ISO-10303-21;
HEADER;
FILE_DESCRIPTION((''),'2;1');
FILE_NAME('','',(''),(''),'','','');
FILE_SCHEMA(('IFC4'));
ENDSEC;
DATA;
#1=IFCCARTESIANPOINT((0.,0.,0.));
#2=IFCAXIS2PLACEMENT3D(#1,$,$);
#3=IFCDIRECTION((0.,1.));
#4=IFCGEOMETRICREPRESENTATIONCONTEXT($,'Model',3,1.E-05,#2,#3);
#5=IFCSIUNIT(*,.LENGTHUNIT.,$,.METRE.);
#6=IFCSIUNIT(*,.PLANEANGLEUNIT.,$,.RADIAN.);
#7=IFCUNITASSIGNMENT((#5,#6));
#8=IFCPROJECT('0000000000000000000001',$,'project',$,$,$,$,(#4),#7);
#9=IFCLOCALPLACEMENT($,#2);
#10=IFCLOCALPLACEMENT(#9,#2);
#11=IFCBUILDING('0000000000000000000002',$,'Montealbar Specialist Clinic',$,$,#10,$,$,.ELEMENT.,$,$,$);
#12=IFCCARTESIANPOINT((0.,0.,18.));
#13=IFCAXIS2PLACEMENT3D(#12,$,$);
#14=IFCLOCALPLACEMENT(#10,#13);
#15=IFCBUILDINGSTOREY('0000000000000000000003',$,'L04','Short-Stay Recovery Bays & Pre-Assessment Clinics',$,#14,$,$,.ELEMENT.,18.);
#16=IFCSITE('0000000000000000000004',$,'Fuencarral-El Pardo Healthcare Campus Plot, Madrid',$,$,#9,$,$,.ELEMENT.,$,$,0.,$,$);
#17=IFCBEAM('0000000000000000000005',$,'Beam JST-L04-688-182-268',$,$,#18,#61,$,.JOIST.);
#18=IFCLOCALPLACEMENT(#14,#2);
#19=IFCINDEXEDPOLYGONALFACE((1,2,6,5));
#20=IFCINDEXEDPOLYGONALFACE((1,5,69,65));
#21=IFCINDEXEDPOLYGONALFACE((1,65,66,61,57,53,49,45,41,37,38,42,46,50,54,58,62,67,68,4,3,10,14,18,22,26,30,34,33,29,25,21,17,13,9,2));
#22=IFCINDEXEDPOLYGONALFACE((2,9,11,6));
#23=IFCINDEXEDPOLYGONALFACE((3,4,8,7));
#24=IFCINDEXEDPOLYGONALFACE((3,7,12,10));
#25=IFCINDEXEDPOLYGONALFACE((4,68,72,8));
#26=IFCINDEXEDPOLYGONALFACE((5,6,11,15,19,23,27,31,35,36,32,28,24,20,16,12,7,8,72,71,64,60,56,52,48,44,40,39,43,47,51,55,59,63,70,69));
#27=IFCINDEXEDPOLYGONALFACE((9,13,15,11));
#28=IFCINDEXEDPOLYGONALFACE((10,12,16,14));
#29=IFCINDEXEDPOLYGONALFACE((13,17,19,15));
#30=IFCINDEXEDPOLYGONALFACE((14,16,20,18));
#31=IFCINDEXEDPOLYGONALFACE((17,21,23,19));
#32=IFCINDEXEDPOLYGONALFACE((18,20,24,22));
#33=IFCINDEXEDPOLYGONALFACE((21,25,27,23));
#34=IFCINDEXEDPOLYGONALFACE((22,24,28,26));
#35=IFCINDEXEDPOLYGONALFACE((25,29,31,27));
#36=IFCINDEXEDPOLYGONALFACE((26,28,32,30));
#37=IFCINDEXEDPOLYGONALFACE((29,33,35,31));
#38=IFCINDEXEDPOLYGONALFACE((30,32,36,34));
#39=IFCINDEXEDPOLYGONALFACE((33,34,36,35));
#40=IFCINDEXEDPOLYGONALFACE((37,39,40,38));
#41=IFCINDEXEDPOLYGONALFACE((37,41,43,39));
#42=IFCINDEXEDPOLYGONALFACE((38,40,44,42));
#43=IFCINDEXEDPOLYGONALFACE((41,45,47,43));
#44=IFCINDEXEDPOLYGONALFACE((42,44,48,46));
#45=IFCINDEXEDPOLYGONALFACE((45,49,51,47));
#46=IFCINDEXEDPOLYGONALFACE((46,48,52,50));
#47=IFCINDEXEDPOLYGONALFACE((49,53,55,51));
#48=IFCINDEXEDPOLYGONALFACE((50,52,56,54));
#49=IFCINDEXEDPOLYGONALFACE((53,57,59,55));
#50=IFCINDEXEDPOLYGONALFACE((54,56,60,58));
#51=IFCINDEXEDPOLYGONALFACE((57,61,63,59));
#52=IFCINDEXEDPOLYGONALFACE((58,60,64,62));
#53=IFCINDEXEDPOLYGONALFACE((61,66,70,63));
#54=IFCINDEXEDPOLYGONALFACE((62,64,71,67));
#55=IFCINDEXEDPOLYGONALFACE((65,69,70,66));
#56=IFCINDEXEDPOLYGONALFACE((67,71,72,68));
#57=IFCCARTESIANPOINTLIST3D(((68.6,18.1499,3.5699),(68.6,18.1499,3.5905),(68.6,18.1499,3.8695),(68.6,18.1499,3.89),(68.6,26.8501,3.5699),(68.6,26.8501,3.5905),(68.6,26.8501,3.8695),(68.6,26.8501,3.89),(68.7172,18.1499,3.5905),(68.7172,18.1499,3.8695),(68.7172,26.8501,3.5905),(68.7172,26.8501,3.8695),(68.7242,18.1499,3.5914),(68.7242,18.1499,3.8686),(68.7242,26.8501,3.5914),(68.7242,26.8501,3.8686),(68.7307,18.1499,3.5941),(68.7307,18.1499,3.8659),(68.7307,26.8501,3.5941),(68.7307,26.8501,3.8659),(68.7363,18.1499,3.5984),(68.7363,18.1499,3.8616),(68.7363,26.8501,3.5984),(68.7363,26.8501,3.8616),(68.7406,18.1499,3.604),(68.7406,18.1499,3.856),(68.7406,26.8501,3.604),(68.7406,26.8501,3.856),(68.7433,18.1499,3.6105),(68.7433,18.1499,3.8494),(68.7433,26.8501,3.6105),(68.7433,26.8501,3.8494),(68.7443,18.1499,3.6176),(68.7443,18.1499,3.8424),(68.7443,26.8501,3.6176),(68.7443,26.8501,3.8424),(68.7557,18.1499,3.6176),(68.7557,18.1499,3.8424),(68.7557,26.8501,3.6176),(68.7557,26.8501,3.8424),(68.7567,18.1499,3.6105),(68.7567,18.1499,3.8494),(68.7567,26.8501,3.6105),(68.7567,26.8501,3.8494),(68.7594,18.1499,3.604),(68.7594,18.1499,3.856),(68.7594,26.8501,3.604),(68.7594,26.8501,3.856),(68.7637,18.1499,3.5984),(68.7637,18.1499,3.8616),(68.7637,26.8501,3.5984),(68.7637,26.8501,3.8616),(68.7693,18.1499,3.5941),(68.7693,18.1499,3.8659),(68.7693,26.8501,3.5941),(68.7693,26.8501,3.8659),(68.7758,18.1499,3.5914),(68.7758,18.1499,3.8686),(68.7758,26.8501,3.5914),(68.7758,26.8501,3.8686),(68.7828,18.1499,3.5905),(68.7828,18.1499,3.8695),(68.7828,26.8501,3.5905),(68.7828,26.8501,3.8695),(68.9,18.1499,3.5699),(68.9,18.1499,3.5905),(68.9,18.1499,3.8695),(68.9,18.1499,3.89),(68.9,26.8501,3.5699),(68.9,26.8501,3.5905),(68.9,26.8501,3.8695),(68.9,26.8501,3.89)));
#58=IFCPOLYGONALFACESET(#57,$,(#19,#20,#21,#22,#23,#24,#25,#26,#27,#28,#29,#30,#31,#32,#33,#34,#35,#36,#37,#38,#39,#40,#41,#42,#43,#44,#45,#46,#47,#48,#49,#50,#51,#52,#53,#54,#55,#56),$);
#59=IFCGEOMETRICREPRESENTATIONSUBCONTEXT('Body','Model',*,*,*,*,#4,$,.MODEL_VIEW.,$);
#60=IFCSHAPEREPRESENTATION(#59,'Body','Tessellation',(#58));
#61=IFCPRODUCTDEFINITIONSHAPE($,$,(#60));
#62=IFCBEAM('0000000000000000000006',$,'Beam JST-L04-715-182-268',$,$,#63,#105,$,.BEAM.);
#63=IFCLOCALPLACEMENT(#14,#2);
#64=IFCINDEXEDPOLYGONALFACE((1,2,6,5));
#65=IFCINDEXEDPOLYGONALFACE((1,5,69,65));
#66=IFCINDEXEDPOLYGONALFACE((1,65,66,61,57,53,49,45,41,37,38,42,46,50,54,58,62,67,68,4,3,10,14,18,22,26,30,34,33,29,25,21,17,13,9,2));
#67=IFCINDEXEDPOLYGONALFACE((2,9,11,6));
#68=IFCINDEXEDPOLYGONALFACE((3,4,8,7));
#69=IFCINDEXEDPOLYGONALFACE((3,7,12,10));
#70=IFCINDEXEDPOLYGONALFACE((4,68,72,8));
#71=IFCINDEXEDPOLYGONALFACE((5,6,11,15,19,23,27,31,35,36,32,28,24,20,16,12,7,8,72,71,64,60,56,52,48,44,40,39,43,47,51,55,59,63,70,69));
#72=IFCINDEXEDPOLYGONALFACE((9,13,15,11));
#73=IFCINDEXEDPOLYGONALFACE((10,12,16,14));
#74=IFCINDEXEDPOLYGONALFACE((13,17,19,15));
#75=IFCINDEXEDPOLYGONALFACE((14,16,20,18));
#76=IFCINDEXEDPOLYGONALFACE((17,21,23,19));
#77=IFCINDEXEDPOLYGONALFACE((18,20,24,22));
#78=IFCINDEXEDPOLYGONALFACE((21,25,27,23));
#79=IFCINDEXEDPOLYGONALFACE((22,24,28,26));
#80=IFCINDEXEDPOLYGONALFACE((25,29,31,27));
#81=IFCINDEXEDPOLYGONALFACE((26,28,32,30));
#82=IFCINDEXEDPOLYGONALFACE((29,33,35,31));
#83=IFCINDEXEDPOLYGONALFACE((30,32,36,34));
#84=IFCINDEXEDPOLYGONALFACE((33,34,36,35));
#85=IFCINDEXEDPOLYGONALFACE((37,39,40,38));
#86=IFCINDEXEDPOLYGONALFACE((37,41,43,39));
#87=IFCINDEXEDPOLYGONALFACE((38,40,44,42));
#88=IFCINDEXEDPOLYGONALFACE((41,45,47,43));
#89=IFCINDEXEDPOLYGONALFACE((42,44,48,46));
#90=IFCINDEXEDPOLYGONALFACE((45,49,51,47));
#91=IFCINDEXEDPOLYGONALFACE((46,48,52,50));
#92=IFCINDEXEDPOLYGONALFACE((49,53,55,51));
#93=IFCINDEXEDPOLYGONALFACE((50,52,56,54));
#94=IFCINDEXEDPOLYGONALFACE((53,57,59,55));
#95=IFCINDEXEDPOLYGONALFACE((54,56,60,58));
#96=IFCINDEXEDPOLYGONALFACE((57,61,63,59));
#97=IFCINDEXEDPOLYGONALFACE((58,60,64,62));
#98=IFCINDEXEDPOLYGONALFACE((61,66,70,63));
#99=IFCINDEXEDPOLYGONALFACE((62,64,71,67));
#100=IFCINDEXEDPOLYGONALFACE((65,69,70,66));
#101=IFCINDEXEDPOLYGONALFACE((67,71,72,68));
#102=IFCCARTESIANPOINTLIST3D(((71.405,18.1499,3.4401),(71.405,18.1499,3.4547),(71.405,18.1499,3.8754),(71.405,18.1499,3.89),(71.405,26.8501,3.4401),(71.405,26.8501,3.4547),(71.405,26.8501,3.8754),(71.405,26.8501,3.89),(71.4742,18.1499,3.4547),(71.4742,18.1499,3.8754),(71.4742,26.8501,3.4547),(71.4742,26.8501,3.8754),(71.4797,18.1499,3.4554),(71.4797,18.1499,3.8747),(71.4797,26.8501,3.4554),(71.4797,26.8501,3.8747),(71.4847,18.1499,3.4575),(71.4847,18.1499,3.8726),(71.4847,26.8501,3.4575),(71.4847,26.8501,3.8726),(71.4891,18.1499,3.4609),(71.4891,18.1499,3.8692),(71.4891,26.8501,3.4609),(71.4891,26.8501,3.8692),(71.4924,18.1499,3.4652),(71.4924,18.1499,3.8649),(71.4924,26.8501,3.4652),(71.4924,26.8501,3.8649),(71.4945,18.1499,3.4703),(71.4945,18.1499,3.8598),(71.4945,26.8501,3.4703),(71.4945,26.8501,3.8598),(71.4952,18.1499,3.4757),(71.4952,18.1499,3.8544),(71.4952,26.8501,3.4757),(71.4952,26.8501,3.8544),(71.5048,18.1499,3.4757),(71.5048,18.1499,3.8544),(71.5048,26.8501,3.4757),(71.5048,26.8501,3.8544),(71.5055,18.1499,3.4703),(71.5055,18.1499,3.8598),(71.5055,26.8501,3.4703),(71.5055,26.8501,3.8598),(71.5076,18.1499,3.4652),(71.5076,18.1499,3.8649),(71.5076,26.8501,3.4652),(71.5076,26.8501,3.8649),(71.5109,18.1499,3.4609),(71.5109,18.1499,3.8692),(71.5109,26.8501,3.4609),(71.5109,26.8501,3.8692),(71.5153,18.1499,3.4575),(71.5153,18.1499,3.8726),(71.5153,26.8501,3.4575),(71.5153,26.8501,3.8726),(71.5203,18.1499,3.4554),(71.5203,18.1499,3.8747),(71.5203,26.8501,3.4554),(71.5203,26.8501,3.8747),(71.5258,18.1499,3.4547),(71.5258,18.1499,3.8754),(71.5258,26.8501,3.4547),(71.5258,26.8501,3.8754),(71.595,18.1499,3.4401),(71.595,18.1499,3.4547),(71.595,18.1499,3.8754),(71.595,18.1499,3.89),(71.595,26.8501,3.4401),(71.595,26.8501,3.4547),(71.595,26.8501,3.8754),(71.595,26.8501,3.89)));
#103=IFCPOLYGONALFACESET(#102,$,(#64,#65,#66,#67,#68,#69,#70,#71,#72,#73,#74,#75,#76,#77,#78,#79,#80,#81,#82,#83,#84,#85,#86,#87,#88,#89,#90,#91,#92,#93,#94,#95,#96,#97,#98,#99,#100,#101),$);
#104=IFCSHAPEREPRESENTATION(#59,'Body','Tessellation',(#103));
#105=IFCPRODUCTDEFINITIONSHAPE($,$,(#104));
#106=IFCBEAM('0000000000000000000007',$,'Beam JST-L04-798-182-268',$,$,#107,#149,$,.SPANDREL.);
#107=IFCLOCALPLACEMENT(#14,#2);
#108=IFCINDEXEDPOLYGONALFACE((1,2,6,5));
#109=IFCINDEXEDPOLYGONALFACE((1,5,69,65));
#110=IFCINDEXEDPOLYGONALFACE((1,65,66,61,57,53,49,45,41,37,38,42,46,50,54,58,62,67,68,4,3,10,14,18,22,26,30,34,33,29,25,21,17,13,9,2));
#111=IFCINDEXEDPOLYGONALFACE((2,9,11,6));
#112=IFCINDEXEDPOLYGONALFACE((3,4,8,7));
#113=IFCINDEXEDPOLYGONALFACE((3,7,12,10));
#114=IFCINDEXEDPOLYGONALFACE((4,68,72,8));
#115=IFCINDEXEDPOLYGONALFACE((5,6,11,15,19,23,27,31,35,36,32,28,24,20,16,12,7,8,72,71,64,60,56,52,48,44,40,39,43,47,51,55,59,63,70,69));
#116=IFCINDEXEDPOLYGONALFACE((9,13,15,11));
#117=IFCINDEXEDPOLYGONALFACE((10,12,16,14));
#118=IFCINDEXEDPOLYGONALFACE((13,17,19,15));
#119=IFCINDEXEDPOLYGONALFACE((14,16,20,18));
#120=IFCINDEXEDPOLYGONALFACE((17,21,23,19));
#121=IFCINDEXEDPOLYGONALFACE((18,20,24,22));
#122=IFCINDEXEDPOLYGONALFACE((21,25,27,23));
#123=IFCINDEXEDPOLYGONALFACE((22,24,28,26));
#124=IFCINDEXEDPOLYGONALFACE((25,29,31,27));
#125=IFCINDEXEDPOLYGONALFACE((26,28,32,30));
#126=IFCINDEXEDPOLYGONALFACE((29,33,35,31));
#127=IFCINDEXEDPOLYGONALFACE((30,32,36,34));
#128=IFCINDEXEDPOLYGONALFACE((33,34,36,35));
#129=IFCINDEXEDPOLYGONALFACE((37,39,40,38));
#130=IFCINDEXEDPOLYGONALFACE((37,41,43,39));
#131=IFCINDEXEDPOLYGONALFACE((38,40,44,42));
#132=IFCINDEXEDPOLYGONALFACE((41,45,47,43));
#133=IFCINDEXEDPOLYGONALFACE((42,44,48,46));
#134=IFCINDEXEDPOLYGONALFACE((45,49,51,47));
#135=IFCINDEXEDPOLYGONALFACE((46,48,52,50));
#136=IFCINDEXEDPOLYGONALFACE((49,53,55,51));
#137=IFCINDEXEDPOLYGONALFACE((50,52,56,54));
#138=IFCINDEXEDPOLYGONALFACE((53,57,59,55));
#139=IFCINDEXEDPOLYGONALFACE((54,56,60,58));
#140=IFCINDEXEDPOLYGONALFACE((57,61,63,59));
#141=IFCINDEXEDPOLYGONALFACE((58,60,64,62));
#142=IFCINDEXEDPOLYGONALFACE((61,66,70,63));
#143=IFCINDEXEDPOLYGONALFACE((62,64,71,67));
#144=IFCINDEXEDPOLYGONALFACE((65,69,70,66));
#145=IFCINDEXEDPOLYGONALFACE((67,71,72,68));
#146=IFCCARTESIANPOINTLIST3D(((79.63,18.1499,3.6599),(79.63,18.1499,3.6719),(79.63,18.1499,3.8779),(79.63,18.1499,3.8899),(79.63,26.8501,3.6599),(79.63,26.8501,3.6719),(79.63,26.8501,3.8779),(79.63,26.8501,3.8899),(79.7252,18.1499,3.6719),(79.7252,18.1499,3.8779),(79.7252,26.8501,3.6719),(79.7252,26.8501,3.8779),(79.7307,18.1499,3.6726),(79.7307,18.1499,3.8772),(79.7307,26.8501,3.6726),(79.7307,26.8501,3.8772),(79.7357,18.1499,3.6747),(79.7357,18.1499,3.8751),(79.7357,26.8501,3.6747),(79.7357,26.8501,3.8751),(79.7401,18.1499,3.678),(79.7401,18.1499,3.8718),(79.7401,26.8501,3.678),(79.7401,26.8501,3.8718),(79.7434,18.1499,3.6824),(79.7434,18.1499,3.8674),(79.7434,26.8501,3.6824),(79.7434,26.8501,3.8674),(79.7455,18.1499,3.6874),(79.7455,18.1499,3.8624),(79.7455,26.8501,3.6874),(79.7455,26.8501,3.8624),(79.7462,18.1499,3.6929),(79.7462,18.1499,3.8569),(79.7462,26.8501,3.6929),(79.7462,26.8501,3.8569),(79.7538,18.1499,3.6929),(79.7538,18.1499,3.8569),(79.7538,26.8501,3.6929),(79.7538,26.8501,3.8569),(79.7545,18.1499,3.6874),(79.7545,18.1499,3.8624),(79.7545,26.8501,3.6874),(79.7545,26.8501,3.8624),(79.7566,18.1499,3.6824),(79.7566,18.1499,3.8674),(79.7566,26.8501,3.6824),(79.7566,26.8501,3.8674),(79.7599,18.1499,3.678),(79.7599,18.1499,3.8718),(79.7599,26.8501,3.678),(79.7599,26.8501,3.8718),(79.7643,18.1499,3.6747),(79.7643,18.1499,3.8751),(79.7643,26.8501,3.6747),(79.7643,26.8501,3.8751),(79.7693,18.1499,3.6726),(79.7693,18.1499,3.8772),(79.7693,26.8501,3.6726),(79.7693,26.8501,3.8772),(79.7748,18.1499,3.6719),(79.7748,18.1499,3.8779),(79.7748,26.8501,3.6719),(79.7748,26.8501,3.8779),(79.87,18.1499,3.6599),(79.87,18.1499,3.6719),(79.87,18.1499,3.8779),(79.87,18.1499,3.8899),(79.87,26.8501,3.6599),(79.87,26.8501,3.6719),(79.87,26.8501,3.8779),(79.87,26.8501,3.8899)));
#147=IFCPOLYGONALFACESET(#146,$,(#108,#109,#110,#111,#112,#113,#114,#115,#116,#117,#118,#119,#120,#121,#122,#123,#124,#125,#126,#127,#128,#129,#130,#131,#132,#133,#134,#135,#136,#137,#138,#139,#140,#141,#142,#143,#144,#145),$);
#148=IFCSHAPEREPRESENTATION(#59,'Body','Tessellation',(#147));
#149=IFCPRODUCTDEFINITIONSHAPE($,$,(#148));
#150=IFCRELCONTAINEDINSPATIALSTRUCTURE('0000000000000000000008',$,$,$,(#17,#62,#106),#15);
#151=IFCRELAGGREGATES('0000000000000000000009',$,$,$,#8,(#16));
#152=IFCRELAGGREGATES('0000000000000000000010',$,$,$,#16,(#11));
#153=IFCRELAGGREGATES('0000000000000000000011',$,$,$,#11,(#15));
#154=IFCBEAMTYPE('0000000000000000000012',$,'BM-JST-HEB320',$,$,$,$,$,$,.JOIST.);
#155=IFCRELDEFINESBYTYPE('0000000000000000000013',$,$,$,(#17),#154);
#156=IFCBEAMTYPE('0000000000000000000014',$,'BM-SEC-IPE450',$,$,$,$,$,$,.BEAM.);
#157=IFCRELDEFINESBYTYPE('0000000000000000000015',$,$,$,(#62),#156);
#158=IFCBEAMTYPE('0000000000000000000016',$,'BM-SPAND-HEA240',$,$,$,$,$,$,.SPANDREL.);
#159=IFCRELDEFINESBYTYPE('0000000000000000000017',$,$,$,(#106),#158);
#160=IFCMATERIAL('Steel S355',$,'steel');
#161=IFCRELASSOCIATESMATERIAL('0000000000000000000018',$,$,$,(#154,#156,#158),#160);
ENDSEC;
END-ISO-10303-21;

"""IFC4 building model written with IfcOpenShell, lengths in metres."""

from ifc_helpers import new_model, si_unit, direction, frame, origin, origin_2d, place, context, subcontext, project, spatial, i_section, extrude, material, material_profile, profile_set, type_object, element, save


model = new_model("IFC4")

# Units and contexts
model_context = context("Model", 3, precision=1e-05, world=origin(), true_north=direction((0.0, 1.0)))
body_context = subcontext(model_context, "Body", "Model", "MODEL_VIEW")
ifc_project = project(units=[si_unit("LENGTHUNIT", "METRE"), si_unit("PLANEANGLEUNIT", "RADIAN")], contexts=[model_context])

# Site, building, storey
site_placement = place(None, origin())
site = spatial("IfcSite", under=ifc_project, at=site_placement, Name="Fuencarral-El Pardo Healthcare Campus Plot, Madrid", CompositionType="ELEMENT", RefElevation=0.0)
building_placement = place(site_placement, origin())
building = spatial("IfcBuilding", under=site, at=building_placement, Name="Montealbar Specialist Clinic", CompositionType="ELEMENT")
storey_placement = place(building_placement, frame((0.0, 0.0, 18.0)))
storey = spatial("IfcBuildingStorey", under=building, at=storey_placement, Name="L04", Description="Short-Stay Recovery Bays & Pre-Assessment Clinics", CompositionType="ELEMENT", Elevation=18.0)

# Beams
ifc_material_1 = material(Name="Steel S355", Category="steel")
ifc_material_profile_1 = material_profile(ifc_material_1, i_section(OverallWidth=0.3, OverallDepth=0.3201, WebThickness=0.0115, FlangeThickness=0.0205, FilletRadius=0.0271, at=origin_2d()), Name="HEB 320", Category="steel")
ifc_profile_set_1 = profile_set([ifc_material_profile_1], Name="Steel S355")
beam_type_1 = type_object("IfcBeamType", Name="BM-JST-HEB320", PredefinedType="JOIST", material=ifc_profile_set_1)
beam_1_placement = place(storey_placement, frame((68.75, 18.1499, 3.73), z_axis=(0.0, 1.0, 0.0), x_axis=(-1.0, 0.0, 0.0)))
element("IfcBeam", 1, at=beam_1_placement, inside=storey, type_object=beam_type_1, Name="Beam JST-L04-688-182-268", PredefinedType="JOIST", context=body_context, shape_type="SweptSolid", body=[
    extrude(i_section(OverallWidth=0.3, OverallDepth=0.3201, WebThickness=0.0115, FlangeThickness=0.0205, FilletRadius=0.0271, at=origin_2d()), origin(), (0.0, 0.0, 1.0), 8.7002),
])
ifc_material_profile_2 = material_profile(ifc_material_1, i_section(OverallWidth=0.1899, OverallDepth=0.45, WebThickness=0.0095, FlangeThickness=0.0146, FilletRadius=0.021, at=origin_2d()), Name="IPE 450", Category="steel")
ifc_profile_set_2 = profile_set([ifc_material_profile_2], Name="Steel S355")
beam_type_2 = type_object("IfcBeamType", Name="BM-SEC-IPE450", PredefinedType="BEAM", material=ifc_profile_set_2)
beam_2_placement = place(storey_placement, frame((71.5, 18.1499, 3.665), z_axis=(0.0, 1.0, 0.0), x_axis=(-1.0, 0.0, 0.0)))
element("IfcBeam", 2, at=beam_2_placement, inside=storey, type_object=beam_type_2, Name="Beam JST-L04-715-182-268", PredefinedType="BEAM", context=body_context, shape_type="SweptSolid", body=[
    extrude(i_section(OverallWidth=0.1899, OverallDepth=0.45, WebThickness=0.0095, FlangeThickness=0.0146, FilletRadius=0.021, at=origin_2d()), origin(), (0.0, 0.0, 1.0), 8.7002),
])
ifc_material_profile_3 = material_profile(ifc_material_1, i_section(OverallWidth=0.24, OverallDepth=0.23, WebThickness=0.0076, FlangeThickness=0.012, FilletRadius=0.021, at=origin_2d()), Name="HEA 240", Category="steel")
ifc_profile_set_3 = profile_set([ifc_material_profile_3], Name="Steel S355")
beam_type_3 = type_object("IfcBeamType", Name="BM-SPAND-HEA240", PredefinedType="SPANDREL", material=ifc_profile_set_3)
beam_3_placement = place(storey_placement, frame((79.75, 18.1499, 3.7749), z_axis=(0.0, 1.0, 0.0), x_axis=(-1.0, 0.0, 0.0)))
element("IfcBeam", 3, at=beam_3_placement, inside=storey, type_object=beam_type_3, Name="Beam JST-L04-798-182-268", PredefinedType="SPANDREL", context=body_context, shape_type="SweptSolid", body=[
    extrude(i_section(OverallWidth=0.24, OverallDepth=0.23, WebThickness=0.0076, FlangeThickness=0.012, FilletRadius=0.021, at=origin_2d()), origin(), (0.0, 0.0, 1.0), 8.7002),
])

save(model, "model.ifc")
